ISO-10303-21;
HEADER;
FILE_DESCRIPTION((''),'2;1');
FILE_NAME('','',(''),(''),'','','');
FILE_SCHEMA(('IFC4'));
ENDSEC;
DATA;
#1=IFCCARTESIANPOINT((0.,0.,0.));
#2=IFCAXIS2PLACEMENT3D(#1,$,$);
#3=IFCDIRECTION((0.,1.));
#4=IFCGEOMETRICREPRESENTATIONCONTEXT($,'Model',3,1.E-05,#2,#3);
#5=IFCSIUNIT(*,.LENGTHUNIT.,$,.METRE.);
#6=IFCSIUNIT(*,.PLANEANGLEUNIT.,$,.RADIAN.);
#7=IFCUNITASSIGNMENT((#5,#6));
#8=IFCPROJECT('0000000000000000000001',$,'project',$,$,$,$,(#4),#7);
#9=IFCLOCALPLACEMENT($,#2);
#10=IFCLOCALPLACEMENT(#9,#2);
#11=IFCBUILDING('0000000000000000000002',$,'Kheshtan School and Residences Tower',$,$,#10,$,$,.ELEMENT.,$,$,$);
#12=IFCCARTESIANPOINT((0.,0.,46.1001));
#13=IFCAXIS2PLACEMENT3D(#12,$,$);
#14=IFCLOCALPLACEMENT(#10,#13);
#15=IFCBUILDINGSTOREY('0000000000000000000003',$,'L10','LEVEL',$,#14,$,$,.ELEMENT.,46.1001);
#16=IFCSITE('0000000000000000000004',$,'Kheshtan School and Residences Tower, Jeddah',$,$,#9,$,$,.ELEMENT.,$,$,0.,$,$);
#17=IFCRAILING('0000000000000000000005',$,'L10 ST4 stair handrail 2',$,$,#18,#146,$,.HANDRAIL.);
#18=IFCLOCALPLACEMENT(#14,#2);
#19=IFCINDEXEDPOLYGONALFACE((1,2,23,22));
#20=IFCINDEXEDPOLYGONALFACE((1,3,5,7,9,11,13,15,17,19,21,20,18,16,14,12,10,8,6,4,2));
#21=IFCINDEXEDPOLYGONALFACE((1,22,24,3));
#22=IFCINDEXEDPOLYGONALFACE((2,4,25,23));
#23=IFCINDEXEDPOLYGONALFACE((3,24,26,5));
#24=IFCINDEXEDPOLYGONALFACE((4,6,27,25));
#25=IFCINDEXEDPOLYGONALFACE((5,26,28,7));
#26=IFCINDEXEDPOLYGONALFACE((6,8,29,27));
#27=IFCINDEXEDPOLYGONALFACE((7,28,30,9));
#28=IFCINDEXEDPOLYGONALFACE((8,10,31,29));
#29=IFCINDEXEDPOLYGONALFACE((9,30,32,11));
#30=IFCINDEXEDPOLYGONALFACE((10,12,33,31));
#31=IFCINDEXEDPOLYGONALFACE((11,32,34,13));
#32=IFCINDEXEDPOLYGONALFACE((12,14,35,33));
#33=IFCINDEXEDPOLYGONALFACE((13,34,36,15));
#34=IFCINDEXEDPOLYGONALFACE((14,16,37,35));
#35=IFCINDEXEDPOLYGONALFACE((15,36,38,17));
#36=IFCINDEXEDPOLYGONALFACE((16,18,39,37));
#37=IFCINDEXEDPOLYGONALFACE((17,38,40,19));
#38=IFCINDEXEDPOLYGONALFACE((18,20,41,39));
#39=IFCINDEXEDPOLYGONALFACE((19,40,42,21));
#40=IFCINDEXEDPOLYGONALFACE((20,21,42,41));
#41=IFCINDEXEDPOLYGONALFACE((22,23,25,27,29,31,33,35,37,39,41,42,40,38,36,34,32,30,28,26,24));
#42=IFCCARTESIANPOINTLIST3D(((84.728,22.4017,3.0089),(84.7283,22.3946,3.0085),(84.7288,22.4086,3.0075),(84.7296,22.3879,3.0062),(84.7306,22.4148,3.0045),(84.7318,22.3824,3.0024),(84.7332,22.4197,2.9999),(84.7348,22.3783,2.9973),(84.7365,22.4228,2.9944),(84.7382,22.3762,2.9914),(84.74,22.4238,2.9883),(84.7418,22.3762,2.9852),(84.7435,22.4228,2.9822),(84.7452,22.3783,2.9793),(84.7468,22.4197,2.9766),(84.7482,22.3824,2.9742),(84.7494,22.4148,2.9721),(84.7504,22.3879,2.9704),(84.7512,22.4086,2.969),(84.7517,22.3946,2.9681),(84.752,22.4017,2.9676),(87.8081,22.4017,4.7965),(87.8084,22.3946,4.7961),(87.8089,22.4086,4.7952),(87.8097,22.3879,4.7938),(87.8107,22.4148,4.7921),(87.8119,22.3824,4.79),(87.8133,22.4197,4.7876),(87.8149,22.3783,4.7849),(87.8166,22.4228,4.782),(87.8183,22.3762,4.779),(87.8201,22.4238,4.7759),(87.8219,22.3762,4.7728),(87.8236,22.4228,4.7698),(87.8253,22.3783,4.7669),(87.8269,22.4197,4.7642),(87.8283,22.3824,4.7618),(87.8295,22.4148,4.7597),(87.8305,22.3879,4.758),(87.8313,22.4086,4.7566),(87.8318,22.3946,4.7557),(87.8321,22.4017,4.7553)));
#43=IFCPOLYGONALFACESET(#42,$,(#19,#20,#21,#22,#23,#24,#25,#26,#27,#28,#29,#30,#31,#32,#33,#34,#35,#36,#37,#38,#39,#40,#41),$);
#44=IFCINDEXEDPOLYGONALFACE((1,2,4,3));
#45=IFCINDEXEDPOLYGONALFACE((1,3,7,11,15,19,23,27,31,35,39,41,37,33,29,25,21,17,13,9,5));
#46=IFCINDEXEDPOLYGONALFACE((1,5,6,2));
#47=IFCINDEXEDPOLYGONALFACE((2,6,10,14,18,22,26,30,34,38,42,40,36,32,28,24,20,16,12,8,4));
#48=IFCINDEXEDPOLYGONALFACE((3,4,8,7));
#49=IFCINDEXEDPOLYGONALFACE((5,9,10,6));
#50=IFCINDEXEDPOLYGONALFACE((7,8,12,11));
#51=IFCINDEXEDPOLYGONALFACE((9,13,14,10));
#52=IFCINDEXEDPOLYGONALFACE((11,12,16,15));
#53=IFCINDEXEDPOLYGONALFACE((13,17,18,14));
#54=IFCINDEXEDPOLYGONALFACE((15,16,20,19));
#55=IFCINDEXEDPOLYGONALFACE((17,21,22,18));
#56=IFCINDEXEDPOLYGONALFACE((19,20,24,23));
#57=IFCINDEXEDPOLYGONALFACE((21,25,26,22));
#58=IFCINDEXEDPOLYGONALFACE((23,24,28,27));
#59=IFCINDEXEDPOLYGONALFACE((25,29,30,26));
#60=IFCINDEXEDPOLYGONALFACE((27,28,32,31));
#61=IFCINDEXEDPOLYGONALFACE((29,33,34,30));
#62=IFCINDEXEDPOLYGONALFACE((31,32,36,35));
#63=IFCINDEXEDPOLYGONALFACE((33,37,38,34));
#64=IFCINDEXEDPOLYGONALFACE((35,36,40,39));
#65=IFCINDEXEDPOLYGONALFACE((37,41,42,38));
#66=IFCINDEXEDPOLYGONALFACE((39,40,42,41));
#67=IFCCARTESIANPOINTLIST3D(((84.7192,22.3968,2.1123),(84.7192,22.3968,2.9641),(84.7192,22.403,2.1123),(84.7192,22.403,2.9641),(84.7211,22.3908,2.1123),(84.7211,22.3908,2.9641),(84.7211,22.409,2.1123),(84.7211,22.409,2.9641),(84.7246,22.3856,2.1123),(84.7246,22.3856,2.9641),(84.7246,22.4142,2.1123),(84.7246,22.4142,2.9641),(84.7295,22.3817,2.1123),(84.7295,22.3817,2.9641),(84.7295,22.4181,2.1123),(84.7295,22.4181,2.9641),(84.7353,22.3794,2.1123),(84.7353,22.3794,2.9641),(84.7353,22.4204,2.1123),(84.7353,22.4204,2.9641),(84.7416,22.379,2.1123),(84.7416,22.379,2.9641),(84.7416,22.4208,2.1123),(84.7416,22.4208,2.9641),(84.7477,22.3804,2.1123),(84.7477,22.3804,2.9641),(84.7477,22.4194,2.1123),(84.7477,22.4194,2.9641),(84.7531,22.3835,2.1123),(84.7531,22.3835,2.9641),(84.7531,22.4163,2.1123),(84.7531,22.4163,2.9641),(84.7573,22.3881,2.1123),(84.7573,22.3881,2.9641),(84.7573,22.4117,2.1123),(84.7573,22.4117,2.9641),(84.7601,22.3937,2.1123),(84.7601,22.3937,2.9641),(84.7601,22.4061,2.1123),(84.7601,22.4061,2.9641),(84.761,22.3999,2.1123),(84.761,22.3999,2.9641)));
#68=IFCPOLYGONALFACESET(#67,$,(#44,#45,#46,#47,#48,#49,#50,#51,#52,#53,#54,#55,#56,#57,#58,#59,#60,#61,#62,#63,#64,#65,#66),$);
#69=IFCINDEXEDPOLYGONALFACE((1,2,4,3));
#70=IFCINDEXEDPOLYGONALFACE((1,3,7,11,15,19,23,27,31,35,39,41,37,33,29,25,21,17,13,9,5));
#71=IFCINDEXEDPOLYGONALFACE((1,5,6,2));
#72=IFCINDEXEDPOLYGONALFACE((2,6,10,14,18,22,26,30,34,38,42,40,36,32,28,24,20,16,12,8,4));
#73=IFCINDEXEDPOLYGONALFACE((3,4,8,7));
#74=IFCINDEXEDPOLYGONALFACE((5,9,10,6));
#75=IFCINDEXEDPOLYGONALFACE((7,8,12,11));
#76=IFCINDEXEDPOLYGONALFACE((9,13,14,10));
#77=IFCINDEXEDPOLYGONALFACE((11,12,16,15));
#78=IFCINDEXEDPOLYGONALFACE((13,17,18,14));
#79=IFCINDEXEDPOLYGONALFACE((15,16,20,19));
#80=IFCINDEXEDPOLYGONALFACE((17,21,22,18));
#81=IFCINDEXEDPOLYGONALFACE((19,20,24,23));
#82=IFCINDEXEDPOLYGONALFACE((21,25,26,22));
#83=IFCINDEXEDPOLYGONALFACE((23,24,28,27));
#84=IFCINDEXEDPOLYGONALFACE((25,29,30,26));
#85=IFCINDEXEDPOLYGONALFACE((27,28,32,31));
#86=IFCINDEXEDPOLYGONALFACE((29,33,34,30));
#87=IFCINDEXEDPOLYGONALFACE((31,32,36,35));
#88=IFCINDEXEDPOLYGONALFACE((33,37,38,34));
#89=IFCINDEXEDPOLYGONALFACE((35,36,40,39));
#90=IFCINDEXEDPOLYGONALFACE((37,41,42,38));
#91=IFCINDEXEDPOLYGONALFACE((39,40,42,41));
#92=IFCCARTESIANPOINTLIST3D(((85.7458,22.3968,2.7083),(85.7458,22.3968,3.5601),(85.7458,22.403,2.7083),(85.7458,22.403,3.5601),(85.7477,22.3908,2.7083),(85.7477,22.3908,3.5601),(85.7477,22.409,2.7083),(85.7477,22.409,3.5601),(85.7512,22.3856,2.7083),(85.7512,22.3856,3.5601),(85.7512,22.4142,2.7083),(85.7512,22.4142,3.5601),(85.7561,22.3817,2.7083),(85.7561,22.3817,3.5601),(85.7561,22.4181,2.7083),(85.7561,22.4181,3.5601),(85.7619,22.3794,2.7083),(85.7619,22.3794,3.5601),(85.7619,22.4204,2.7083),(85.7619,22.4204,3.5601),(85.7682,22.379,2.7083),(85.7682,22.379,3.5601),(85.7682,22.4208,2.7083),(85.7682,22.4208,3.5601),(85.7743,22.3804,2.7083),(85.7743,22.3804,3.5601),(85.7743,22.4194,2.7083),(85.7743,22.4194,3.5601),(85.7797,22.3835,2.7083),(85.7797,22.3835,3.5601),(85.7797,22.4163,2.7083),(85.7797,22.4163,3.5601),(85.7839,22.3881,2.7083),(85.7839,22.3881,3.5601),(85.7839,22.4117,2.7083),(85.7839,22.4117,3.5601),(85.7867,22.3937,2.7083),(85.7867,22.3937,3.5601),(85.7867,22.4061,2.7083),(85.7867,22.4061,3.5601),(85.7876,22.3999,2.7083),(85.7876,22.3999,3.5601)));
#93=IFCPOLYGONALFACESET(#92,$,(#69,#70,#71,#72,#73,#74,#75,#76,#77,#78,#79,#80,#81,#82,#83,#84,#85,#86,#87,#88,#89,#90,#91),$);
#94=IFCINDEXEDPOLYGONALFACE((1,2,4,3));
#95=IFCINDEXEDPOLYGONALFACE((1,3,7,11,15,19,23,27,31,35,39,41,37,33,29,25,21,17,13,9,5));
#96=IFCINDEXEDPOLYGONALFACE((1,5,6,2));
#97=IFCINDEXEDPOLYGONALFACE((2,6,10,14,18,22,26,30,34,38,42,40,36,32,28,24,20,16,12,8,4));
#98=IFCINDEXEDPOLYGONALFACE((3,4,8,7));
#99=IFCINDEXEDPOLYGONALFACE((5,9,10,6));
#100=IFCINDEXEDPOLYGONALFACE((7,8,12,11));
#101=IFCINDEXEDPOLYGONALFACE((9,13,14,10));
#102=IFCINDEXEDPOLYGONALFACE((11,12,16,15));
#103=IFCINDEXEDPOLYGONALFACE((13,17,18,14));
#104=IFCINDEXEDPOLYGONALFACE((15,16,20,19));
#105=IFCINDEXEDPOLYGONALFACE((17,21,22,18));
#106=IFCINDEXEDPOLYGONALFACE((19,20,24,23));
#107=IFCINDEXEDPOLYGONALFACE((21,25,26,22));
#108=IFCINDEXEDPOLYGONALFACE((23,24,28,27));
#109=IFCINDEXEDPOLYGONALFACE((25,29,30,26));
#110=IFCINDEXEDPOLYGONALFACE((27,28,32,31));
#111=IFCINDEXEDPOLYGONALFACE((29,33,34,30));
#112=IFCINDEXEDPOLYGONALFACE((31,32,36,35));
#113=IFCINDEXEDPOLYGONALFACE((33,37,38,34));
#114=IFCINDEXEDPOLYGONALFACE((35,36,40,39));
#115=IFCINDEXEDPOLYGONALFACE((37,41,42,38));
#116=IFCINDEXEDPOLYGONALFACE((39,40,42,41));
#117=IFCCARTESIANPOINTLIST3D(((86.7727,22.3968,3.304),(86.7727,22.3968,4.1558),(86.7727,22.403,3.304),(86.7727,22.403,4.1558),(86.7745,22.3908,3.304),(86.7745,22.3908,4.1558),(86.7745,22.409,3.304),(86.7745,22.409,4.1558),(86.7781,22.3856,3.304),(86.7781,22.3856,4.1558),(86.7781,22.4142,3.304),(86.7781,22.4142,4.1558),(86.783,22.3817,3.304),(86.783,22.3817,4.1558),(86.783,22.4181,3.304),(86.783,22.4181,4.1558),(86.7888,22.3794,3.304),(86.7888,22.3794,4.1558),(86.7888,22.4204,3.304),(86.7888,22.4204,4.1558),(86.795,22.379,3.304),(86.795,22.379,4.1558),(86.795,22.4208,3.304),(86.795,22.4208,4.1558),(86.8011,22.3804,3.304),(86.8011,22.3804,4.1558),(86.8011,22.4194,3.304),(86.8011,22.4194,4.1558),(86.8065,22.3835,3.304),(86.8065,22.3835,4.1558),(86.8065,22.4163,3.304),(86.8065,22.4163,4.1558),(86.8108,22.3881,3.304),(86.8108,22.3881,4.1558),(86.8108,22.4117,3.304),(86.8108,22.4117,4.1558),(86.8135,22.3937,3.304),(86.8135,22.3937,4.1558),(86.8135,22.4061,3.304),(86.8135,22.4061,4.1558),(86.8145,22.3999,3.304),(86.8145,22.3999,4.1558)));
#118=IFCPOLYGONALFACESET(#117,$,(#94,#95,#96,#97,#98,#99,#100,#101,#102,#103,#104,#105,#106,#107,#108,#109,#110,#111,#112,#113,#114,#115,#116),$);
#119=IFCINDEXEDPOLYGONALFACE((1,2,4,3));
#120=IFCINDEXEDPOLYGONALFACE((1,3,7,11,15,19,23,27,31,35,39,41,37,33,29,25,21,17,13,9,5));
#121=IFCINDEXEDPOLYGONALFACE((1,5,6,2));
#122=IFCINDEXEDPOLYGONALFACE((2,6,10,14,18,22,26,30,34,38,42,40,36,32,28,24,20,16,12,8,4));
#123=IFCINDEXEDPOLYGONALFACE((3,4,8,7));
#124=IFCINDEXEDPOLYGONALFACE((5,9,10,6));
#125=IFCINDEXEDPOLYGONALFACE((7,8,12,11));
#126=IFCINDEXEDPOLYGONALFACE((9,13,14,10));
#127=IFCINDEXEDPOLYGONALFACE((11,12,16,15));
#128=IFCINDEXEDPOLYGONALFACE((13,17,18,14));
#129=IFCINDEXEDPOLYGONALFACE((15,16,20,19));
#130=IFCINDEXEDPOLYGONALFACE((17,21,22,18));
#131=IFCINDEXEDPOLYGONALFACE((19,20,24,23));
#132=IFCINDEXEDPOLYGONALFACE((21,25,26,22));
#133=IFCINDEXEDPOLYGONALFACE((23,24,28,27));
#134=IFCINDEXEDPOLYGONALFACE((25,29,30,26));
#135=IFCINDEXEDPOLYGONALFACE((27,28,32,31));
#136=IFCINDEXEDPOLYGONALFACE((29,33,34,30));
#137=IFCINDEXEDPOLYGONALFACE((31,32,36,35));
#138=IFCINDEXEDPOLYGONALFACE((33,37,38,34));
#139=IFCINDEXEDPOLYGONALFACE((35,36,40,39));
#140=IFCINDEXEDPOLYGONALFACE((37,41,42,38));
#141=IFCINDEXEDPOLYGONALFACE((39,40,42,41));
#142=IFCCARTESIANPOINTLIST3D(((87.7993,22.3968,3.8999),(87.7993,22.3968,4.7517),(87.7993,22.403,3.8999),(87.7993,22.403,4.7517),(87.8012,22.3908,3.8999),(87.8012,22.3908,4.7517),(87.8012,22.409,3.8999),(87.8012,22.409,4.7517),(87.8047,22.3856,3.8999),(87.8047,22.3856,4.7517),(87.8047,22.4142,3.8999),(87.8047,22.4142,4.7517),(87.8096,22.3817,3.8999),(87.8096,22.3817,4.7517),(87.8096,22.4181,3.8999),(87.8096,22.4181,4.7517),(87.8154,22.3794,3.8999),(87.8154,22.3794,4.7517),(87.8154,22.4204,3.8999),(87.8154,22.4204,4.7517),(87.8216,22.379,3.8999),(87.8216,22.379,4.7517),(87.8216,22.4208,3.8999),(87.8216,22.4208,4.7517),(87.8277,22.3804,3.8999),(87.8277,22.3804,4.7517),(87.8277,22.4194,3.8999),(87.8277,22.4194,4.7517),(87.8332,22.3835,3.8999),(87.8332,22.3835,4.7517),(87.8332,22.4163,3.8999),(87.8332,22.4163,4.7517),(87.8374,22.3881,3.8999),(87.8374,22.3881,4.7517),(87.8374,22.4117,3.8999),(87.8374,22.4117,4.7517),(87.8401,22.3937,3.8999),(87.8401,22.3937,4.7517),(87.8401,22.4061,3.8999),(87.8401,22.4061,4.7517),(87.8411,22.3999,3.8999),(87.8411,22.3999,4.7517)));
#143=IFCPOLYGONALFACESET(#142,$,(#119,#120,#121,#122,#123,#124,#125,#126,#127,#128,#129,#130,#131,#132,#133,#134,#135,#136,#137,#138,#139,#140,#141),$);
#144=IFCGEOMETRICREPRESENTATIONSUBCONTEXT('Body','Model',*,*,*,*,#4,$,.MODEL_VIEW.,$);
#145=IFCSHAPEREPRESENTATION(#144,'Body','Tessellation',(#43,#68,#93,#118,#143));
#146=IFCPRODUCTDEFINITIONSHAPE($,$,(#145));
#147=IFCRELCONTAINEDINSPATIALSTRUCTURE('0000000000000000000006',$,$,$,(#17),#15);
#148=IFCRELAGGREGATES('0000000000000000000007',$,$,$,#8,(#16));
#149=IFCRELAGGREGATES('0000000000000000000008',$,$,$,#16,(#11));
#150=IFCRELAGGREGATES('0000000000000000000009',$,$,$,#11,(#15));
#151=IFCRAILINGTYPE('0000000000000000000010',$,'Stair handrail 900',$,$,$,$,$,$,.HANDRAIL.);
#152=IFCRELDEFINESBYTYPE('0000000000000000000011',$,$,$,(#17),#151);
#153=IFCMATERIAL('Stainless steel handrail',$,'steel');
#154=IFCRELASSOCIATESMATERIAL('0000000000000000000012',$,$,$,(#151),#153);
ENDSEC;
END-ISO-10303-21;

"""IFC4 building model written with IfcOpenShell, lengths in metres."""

from ifc_helpers import new_model, si_unit, direction, frame, origin, origin_2d, place, context, subcontext, project, spatial, circle, extrude, material, type_object, element, save


model = new_model("IFC4")

# Units and contexts
model_context = context("Model", 3, precision=1e-05, world=origin(), true_north=direction((0.0, 1.0)))
body_context = subcontext(model_context, "Body", "Model", "MODEL_VIEW")
ifc_project = project(units=[si_unit("LENGTHUNIT", "METRE"), si_unit("PLANEANGLEUNIT", "RADIAN")], contexts=[model_context])

# Site, building, storey
site_placement = place(None, origin())
site = spatial("IfcSite", under=ifc_project, at=site_placement, Name="Kheshtan School and Residences Tower, Jeddah", CompositionType="ELEMENT", RefElevation=0.0)
building_placement = place(site_placement, origin())
building = spatial("IfcBuilding", under=site, at=building_placement, Name="Kheshtan School and Residences Tower", CompositionType="ELEMENT")
storey_placement = place(building_placement, frame((0.0, 0.0, 46.1001)))
storey = spatial("IfcBuildingStorey", under=building, at=storey_placement, Name="L10", Description="LEVEL", CompositionType="ELEMENT", Elevation=46.1001)

# Railing
ifc_material_1 = material(Name="Stainless steel handrail", Category="steel")
railing_type_1 = type_object("IfcRailingType", Name="Stair handrail 900", PredefinedType="HANDRAIL", material=ifc_material_1)
railing_1_placement = place(storey_placement, frame((84.74, 22.3999, 2.1123)))
element("IfcRailing", 1, at=railing_1_placement, inside=storey, type_object=railing_type_1, Name="L10 ST4 stair handrail 2", PredefinedType="HANDRAIL", context=body_context, shape_type="SweptSolid", body=[
    extrude(circle(Radius=0.0239, at=origin_2d()), frame((0.0, 0.0, 0.876), z_axis=(0.864891, 0.0, 0.50196), x_axis=(0.0, 1.0, 0.0)), (0.0, 0.0, 1.0), 3.5613),
    extrude(circle(Radius=0.021, at=origin_2d()), origin(), (0.0, 0.0, 1.0), 0.8518),
    extrude(circle(Radius=0.021, at=origin_2d()), frame((1.0266, 0.0, 0.5959)), (0.0, 0.0, 1.0), 0.8518),
    extrude(circle(Radius=0.021, at=origin_2d()), frame((2.0535, 0.0, 1.1917)), (0.0, 0.0, 1.0), 0.8518),
    extrude(circle(Radius=0.021, at=origin_2d()), frame((3.0801, 0.0, 1.7876)), (0.0, 0.0, 1.0), 0.8518),
])

save(model, "model.ifc")
